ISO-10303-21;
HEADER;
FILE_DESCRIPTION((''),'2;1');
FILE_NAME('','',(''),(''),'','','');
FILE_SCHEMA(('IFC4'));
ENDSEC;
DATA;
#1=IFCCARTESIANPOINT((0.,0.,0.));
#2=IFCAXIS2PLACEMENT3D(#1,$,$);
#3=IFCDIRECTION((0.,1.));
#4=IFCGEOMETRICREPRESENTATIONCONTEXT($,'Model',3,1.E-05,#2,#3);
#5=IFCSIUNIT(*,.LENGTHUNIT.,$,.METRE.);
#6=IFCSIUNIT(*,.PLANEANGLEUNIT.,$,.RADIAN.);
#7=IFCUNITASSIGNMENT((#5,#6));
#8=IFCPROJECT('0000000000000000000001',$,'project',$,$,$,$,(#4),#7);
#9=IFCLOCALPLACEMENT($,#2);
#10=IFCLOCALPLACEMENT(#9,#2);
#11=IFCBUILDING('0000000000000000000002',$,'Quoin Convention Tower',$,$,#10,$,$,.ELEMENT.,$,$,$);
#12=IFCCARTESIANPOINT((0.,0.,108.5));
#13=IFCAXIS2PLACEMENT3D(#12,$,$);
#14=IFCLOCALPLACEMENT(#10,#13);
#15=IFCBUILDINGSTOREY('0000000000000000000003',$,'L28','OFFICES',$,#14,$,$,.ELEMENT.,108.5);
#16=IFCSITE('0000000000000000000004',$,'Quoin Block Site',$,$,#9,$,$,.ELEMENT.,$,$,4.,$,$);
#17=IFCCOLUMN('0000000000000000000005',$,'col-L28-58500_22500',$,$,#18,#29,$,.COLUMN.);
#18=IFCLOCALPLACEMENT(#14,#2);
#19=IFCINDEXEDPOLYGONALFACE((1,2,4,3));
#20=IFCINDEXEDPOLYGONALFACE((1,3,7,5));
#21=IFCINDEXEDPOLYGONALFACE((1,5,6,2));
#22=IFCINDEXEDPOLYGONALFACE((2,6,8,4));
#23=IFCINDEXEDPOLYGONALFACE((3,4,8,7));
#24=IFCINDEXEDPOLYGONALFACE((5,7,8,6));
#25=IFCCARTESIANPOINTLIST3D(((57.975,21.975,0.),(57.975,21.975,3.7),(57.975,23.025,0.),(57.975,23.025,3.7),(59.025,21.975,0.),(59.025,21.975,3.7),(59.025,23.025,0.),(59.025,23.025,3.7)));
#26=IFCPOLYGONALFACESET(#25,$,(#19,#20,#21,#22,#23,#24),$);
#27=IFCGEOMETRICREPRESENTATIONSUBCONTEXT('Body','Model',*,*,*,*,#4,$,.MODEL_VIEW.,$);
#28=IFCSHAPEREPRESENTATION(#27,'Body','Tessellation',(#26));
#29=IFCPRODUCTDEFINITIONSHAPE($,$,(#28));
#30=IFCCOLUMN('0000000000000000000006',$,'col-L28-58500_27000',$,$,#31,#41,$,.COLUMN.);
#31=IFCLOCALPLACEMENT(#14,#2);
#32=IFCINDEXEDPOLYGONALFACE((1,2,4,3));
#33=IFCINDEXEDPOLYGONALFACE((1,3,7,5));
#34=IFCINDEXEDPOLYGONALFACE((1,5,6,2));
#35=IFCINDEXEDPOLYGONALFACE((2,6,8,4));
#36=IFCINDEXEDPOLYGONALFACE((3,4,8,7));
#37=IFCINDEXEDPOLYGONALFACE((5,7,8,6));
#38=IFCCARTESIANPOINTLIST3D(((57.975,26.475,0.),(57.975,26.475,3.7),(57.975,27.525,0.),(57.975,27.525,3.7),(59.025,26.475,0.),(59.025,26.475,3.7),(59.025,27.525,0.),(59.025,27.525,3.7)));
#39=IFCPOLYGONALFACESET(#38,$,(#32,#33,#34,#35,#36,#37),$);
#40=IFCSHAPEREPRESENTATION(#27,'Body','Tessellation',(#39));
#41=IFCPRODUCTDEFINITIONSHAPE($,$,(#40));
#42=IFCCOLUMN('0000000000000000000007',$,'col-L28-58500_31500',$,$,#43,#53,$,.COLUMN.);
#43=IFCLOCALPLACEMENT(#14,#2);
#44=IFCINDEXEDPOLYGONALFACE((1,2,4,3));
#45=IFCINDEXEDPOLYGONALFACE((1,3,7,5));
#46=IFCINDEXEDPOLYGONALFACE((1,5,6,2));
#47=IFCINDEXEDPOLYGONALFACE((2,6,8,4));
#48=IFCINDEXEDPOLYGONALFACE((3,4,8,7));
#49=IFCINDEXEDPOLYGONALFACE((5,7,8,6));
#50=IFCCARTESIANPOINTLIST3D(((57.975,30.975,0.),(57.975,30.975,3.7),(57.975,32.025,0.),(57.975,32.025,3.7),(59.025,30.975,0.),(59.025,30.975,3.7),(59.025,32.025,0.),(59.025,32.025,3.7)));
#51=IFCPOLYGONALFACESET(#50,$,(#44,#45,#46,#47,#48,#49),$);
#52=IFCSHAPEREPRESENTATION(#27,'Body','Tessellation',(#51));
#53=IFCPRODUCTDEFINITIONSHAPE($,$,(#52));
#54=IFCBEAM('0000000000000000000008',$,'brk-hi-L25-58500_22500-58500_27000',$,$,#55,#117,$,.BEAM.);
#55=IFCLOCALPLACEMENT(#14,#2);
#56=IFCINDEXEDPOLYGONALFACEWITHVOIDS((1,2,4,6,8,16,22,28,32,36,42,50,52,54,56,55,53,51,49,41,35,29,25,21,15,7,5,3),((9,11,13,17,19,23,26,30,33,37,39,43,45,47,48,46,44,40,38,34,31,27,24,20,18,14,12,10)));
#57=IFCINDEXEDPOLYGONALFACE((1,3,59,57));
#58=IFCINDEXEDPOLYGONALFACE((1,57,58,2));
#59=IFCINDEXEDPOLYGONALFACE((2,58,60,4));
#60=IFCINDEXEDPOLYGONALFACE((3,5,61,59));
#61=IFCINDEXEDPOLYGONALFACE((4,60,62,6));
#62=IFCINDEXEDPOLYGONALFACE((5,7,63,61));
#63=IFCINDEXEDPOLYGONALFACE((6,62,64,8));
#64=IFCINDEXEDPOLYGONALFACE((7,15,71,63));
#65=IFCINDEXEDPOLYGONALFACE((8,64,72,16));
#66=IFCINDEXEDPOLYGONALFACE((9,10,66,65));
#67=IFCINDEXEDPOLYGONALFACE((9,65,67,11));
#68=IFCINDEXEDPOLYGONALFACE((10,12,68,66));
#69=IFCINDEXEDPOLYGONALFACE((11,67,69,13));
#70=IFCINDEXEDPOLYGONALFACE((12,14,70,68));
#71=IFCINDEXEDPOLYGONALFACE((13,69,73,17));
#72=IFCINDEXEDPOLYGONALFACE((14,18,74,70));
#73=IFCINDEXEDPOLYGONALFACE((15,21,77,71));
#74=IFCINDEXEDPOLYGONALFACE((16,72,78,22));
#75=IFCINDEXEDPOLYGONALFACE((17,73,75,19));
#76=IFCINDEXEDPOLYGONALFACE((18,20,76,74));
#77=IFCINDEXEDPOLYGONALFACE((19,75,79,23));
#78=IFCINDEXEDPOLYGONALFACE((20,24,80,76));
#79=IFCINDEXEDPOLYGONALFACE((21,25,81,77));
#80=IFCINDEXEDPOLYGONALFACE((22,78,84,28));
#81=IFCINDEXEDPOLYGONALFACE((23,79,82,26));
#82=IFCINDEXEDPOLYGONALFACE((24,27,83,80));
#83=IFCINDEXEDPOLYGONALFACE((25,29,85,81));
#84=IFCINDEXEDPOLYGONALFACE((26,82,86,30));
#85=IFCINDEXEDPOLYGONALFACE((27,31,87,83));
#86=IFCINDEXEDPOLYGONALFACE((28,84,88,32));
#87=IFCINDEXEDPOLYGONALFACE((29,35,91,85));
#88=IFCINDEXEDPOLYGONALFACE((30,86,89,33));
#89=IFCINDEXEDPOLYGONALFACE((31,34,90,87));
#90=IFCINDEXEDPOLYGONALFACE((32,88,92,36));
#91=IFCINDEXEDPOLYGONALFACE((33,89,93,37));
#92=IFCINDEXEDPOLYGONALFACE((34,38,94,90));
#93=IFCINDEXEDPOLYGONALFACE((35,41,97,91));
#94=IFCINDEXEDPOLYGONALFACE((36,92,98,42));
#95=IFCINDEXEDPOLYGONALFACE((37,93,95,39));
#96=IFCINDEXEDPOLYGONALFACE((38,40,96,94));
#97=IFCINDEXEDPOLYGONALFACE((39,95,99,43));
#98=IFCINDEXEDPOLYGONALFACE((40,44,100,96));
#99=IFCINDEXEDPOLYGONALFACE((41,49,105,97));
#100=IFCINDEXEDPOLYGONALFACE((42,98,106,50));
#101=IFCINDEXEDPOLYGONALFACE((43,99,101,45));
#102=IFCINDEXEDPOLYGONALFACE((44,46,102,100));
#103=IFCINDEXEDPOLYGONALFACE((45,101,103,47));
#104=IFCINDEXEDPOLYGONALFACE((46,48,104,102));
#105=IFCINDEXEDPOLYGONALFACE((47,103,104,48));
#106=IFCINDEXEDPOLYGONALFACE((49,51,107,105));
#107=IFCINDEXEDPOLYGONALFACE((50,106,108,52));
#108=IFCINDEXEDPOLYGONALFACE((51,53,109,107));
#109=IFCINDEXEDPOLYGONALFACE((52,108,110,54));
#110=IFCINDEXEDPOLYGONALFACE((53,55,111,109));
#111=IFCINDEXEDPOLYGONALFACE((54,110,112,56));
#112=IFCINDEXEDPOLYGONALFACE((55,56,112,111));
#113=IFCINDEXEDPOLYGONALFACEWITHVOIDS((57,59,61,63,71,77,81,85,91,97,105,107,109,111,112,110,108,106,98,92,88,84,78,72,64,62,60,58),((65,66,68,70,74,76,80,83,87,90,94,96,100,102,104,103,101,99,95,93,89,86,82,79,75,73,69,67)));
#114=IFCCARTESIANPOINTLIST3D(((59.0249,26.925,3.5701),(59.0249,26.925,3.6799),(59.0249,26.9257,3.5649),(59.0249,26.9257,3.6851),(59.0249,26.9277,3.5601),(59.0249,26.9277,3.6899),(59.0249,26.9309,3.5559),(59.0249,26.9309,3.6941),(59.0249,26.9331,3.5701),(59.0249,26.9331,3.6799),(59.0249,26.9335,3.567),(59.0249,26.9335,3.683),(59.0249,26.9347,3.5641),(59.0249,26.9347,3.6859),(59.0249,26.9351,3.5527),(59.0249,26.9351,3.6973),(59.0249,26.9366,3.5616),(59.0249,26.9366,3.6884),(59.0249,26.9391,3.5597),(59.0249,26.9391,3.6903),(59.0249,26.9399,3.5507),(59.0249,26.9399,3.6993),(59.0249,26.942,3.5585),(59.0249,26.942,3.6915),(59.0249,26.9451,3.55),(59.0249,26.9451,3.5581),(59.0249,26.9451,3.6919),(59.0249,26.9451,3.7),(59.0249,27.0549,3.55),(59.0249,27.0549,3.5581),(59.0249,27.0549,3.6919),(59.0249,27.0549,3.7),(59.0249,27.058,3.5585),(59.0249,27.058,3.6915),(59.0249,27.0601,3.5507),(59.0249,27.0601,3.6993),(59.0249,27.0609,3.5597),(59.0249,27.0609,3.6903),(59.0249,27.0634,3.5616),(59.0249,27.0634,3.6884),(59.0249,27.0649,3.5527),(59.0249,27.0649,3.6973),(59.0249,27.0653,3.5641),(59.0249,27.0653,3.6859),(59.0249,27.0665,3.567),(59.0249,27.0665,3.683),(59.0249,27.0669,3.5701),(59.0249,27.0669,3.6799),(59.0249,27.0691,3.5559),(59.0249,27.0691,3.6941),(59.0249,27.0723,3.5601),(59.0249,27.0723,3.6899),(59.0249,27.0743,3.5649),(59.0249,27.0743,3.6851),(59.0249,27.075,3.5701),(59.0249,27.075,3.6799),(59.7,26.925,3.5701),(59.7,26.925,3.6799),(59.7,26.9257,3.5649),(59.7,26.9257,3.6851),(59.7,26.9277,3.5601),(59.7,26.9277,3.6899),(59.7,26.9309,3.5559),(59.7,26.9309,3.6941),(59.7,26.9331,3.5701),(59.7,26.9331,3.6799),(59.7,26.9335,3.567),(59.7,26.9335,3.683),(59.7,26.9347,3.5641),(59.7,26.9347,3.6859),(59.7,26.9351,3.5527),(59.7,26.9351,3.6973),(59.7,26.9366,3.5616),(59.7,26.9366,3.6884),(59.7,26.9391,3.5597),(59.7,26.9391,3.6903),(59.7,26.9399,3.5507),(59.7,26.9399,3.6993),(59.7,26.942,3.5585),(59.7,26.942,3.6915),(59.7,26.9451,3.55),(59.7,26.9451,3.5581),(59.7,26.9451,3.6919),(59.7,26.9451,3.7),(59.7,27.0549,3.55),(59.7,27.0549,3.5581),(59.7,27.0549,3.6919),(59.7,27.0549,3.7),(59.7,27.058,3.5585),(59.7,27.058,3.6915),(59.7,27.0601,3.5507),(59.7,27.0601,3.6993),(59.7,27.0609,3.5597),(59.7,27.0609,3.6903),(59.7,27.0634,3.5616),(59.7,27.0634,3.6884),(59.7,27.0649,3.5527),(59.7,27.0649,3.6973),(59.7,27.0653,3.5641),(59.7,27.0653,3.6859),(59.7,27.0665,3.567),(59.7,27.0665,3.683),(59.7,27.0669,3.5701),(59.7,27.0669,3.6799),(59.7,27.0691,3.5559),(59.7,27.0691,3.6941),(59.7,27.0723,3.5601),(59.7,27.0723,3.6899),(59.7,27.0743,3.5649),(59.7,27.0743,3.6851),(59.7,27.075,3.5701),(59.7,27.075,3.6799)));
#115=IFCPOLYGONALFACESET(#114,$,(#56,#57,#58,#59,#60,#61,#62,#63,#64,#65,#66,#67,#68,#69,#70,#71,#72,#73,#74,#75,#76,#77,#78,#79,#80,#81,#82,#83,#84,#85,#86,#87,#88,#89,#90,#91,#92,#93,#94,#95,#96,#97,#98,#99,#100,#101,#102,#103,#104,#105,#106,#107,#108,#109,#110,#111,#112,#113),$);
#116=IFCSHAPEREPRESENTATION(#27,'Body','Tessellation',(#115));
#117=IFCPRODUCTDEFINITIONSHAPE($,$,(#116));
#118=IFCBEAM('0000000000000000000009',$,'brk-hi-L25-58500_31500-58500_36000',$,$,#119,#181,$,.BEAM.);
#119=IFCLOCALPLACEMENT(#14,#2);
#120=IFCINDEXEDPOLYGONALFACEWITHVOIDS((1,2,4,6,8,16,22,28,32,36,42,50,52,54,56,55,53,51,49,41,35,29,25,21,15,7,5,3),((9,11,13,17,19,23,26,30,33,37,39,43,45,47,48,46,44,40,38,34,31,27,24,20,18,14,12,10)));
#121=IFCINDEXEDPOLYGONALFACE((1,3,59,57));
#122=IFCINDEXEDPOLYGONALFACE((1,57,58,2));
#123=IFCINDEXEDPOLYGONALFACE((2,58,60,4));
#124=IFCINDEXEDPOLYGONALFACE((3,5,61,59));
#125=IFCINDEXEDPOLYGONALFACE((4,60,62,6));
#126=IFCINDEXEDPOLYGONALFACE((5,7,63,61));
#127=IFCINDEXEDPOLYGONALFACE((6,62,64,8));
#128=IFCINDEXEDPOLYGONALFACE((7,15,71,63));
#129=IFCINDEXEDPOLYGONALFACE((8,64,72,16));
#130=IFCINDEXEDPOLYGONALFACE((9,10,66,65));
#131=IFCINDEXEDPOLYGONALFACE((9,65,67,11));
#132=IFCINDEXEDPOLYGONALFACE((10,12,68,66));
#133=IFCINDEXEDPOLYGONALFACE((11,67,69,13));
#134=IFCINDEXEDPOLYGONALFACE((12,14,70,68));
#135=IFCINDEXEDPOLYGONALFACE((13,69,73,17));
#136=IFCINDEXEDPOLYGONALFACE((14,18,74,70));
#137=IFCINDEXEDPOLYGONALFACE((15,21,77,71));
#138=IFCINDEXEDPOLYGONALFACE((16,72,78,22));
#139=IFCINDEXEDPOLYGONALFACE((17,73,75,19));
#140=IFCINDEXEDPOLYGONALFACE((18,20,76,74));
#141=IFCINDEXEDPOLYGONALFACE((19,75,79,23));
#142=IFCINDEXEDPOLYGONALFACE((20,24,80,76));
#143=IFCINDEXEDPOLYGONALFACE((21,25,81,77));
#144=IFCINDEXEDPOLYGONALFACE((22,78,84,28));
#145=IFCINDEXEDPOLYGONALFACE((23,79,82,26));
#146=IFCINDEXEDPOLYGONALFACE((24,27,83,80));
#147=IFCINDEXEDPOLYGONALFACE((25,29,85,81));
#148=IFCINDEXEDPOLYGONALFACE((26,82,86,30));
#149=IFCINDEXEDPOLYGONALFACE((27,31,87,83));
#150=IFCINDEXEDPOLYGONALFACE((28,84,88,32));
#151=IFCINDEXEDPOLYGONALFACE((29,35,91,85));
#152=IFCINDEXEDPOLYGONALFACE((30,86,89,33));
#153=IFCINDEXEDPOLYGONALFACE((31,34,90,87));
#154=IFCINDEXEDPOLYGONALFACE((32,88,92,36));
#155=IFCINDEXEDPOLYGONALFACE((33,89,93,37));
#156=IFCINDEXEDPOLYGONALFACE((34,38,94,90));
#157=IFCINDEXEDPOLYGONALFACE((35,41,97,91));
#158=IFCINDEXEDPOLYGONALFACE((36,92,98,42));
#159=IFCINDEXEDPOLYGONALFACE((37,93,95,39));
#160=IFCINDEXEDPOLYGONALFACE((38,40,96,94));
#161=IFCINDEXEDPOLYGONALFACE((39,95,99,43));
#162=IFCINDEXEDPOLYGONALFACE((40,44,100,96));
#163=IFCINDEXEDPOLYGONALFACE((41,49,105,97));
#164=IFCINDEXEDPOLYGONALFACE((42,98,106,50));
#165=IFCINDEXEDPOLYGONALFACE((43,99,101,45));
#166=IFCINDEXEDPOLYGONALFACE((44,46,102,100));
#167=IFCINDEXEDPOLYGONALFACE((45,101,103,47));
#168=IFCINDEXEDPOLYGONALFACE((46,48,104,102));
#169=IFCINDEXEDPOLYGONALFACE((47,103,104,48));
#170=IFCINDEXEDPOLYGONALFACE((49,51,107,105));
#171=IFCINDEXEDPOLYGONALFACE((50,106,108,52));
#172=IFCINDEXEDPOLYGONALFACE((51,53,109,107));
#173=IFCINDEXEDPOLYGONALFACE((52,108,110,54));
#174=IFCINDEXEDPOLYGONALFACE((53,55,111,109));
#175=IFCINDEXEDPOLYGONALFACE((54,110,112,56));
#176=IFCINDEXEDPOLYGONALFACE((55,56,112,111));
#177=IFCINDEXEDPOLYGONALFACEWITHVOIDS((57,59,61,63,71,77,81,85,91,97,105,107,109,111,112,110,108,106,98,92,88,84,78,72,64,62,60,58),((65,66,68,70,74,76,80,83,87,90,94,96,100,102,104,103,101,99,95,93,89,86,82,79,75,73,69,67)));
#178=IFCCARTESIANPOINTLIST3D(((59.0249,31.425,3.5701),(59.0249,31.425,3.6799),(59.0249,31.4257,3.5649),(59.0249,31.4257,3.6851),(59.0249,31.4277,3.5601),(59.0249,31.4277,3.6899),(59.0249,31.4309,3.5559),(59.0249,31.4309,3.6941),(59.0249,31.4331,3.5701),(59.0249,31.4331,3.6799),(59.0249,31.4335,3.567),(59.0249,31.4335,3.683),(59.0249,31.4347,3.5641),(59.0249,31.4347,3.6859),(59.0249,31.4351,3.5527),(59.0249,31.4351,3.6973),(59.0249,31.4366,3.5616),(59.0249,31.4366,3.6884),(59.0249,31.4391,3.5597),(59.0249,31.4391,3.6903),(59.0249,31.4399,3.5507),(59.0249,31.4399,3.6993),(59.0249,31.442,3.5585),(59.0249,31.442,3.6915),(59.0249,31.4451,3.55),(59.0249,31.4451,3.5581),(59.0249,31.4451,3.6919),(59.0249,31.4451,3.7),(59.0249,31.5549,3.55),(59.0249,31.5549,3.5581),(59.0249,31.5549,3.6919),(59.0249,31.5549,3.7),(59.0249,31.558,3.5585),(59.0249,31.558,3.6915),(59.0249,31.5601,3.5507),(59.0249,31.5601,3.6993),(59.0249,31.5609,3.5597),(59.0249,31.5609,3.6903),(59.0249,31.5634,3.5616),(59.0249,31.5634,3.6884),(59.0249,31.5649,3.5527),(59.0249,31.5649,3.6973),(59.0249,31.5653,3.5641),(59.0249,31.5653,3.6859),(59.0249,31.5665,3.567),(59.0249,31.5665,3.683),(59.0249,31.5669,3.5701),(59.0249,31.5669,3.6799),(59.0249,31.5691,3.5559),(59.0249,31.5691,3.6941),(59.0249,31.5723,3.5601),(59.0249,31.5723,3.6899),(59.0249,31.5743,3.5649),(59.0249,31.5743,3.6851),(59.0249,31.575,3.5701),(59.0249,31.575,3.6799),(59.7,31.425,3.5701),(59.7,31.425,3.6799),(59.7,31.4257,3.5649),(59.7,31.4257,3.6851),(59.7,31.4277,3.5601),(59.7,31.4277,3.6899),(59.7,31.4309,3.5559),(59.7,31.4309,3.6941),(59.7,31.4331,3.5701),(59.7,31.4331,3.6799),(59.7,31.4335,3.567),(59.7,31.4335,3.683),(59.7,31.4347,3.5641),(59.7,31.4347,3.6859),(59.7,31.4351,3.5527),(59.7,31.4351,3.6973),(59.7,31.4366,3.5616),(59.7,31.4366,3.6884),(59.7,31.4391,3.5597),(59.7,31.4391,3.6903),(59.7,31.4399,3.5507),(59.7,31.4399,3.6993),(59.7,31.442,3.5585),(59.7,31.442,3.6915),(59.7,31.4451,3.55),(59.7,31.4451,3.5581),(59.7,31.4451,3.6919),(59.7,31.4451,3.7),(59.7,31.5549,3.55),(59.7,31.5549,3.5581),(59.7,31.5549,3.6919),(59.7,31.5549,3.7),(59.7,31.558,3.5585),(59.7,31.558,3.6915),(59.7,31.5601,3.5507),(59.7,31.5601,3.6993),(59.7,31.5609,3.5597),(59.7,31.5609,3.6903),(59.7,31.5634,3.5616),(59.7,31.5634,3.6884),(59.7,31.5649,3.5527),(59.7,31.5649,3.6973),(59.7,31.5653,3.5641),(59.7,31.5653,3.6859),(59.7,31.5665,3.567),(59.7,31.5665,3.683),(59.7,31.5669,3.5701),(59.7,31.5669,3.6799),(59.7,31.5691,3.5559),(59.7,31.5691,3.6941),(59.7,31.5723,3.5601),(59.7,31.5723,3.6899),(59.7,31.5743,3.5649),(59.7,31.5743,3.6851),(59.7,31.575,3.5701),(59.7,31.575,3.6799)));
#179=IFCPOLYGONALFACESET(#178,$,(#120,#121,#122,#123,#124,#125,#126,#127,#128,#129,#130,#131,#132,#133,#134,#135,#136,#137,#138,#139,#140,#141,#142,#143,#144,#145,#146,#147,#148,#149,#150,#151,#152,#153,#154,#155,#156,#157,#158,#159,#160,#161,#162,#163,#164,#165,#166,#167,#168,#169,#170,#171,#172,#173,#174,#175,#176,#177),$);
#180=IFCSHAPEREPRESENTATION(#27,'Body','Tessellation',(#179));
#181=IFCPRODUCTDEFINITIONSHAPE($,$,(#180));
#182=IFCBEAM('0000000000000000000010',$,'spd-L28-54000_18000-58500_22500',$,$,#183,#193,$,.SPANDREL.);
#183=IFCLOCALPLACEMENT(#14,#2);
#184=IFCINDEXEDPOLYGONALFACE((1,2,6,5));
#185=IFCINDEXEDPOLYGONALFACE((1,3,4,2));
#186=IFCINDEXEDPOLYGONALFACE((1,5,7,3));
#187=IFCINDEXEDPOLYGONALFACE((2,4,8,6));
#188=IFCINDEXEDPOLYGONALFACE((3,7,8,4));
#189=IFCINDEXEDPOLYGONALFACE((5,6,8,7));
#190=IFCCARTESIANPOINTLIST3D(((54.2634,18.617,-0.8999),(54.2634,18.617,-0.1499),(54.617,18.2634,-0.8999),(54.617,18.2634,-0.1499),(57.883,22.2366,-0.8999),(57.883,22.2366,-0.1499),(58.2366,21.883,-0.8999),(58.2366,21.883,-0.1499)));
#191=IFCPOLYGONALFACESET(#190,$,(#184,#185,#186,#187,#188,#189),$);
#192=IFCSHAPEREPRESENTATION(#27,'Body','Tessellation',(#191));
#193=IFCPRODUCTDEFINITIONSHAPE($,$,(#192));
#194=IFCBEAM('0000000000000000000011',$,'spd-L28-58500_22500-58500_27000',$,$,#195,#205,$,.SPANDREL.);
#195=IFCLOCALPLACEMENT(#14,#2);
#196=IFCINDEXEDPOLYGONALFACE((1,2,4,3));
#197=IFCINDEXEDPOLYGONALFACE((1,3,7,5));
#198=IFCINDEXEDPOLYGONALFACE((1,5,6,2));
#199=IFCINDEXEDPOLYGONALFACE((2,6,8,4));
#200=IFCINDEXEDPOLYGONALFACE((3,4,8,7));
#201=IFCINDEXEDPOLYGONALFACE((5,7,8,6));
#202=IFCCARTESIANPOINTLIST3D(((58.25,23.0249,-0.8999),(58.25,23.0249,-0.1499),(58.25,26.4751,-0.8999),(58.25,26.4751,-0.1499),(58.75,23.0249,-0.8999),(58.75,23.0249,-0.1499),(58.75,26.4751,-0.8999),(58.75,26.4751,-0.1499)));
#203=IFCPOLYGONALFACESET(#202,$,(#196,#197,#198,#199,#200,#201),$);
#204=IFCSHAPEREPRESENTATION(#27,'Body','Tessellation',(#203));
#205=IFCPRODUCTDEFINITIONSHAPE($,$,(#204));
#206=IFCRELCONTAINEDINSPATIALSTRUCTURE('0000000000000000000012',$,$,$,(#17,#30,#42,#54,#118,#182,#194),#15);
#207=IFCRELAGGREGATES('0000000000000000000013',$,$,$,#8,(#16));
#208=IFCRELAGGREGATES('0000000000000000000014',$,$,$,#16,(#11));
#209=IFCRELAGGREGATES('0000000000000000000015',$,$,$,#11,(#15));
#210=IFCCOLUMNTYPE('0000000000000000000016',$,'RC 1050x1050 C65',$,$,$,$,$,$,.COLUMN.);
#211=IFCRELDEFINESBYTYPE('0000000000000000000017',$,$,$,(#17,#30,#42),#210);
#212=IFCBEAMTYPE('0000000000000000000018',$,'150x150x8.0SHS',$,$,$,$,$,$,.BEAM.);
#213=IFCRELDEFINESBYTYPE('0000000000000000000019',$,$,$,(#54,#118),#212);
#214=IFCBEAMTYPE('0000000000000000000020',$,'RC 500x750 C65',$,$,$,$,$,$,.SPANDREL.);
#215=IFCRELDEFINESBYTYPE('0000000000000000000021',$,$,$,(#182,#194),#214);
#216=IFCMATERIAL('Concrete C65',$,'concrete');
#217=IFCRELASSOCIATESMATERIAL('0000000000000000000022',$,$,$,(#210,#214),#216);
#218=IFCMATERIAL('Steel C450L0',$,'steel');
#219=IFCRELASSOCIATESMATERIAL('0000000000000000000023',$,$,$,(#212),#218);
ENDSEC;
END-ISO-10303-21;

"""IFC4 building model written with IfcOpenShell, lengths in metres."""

from ifc_helpers import new_model, si_unit, direction, frame, origin, origin_2d, place, context, subcontext, project, spatial, rectangle, hollow_rectangle, extrude, material, material_profile, profile_set, type_object, element, save


model = new_model("IFC4")

# Units and contexts
model_context = context("Model", 3, precision=1e-05, world=origin(), true_north=direction((0.0, 1.0)))
body_context = subcontext(model_context, "Body", "Model", "MODEL_VIEW")
ifc_project = project(units=[si_unit("LENGTHUNIT", "METRE"), si_unit("PLANEANGLEUNIT", "RADIAN")], contexts=[model_context])

# Site, building, storey
site_placement = place(None, origin())
site = spatial("IfcSite", under=ifc_project, at=site_placement, Name="Quoin Block Site", CompositionType="ELEMENT", RefElevation=4.0)
building_placement = place(site_placement, origin())
building = spatial("IfcBuilding", under=site, at=building_placement, Name="Quoin Convention Tower", CompositionType="ELEMENT")
storey_placement = place(building_placement, frame((0.0, 0.0, 108.5)))
storey = spatial("IfcBuildingStorey", under=building, at=storey_placement, Name="L28", Description="OFFICES", CompositionType="ELEMENT", Elevation=108.5)

# Columns
ifc_material_1 = material(Name="Concrete C65", Category="concrete")
ifc_material_profile_1 = material_profile(ifc_material_1, rectangle(XDim=1.05, YDim=1.05, at=origin_2d()), Name="RC 1050x1050")
ifc_profile_set_1 = profile_set([ifc_material_profile_1], Name="Concrete C65")
column_type = type_object("IfcColumnType", Name="RC 1050x1050 C65", PredefinedType="COLUMN", material=ifc_profile_set_1)
for number, where, z_axis, x_axis, name in (
    (1, (58.5, 22.5, 0.0), (0.0, 0.0, 1.0), (1.0, 0.0, 0.0), "col-L28-58500_22500"),
    (2, (58.5, 27.0, 0.0), (0.0, 0.0, 1.0), (1.0, 0.0, 0.0), "col-L28-58500_27000"),
    (3, (58.5, 31.5, 0.0), (0.0, 0.0, 1.0), (1.0, 0.0, 0.0), "col-L28-58500_31500"),
):
    element("IfcColumn", number, at=place(storey_placement, frame(where, z_axis=z_axis, x_axis=x_axis)), inside=storey, type_object=column_type, Name=name, PredefinedType="COLUMN", context=body_context, shape_type="SweptSolid", body=[
        extrude(rectangle(XDim=1.05, YDim=1.05, at=origin_2d()), origin(), (0.0, 0.0, 1.0), 3.7),
    ])

# Beams
ifc_material_2 = material(Name="Steel C450L0", Category="steel")
ifc_material_profile_2 = material_profile(ifc_material_2, hollow_rectangle(XDim=0.1499, YDim=0.1499, WallThickness=0.0081, InnerFilletRadius=0.012, OuterFilletRadius=0.02, at=origin_2d()), Name="150x150x8.0SHS")
ifc_profile_set_2 = profile_set([ifc_material_profile_2], Name="Steel C450L0")
beam_type_1 = type_object("IfcBeamType", Name="150x150x8.0SHS", PredefinedType="BEAM", material=ifc_profile_set_2)
for number, where, z_axis, x_axis, name in (
    (4, (59.0249, 27.0, 3.625), (1.0, 0.0, 0.0), (0.0, 1.0, 0.0), "brk-hi-L25-58500_22500-58500_27000"),
    (5, (59.0249, 31.5, 3.625), (1.0, 0.0, 0.0), (0.0, 1.0, 0.0), "brk-hi-L25-58500_31500-58500_36000"),
):
    element("IfcBeam", number, at=place(storey_placement, frame(where, z_axis=z_axis, x_axis=x_axis)), inside=storey, type_object=beam_type_1, Name=name, PredefinedType="BEAM", context=body_context, shape_type="SweptSolid", body=[
        extrude(hollow_rectangle(XDim=0.1499, YDim=0.1499, WallThickness=0.0081, InnerFilletRadius=0.012, OuterFilletRadius=0.02, at=origin_2d()), origin(), (0.0, 0.0, 1.0), 0.675),
    ])
ifc_material_profile_3 = material_profile(ifc_material_1, rectangle(XDim=0.5, YDim=0.75, at=origin_2d()), Name="RC 500x750")
ifc_profile_set_3 = profile_set([ifc_material_profile_3], Name="Concrete C65")
beam_type_2 = type_object("IfcBeamType", Name="RC 500x750 C65", PredefinedType="SPANDREL", material=ifc_profile_set_3)
beam_placement = place(storey_placement, frame((54.4402, 18.4402, -0.5249), z_axis=(0.707107, 0.707107, 0.0), x_axis=(-0.707107, 0.707107, 0.0)))
element("IfcBeam", 6, at=beam_placement, inside=storey, type_object=beam_type_2, Name="spd-L28-54000_18000-58500_22500", PredefinedType="SPANDREL", context=body_context, shape_type="SweptSolid", body=[
    extrude(rectangle(XDim=0.5, YDim=0.75, at=origin_2d()), origin(), (0.0, 0.0, 1.0), 5.1189),
])
for number, where, z_axis, x_axis, name in (
    (7, (58.5, 23.0249, -0.5249), (0.0, 1.0, 0.0), (-1.0, 0.0, 0.0), "spd-L28-58500_22500-58500_27000"),
):
    element("IfcBeam", number, at=place(storey_placement, frame(where, z_axis=z_axis, x_axis=x_axis)), inside=storey, type_object=beam_type_2, Name=name, PredefinedType="SPANDREL", context=body_context, shape_type="SweptSolid", body=[
        extrude(rectangle(XDim=0.5, YDim=0.75, at=origin_2d()), origin(), (0.0, 0.0, 1.0), 3.4502),
    ])

save(model, "model.ifc")
